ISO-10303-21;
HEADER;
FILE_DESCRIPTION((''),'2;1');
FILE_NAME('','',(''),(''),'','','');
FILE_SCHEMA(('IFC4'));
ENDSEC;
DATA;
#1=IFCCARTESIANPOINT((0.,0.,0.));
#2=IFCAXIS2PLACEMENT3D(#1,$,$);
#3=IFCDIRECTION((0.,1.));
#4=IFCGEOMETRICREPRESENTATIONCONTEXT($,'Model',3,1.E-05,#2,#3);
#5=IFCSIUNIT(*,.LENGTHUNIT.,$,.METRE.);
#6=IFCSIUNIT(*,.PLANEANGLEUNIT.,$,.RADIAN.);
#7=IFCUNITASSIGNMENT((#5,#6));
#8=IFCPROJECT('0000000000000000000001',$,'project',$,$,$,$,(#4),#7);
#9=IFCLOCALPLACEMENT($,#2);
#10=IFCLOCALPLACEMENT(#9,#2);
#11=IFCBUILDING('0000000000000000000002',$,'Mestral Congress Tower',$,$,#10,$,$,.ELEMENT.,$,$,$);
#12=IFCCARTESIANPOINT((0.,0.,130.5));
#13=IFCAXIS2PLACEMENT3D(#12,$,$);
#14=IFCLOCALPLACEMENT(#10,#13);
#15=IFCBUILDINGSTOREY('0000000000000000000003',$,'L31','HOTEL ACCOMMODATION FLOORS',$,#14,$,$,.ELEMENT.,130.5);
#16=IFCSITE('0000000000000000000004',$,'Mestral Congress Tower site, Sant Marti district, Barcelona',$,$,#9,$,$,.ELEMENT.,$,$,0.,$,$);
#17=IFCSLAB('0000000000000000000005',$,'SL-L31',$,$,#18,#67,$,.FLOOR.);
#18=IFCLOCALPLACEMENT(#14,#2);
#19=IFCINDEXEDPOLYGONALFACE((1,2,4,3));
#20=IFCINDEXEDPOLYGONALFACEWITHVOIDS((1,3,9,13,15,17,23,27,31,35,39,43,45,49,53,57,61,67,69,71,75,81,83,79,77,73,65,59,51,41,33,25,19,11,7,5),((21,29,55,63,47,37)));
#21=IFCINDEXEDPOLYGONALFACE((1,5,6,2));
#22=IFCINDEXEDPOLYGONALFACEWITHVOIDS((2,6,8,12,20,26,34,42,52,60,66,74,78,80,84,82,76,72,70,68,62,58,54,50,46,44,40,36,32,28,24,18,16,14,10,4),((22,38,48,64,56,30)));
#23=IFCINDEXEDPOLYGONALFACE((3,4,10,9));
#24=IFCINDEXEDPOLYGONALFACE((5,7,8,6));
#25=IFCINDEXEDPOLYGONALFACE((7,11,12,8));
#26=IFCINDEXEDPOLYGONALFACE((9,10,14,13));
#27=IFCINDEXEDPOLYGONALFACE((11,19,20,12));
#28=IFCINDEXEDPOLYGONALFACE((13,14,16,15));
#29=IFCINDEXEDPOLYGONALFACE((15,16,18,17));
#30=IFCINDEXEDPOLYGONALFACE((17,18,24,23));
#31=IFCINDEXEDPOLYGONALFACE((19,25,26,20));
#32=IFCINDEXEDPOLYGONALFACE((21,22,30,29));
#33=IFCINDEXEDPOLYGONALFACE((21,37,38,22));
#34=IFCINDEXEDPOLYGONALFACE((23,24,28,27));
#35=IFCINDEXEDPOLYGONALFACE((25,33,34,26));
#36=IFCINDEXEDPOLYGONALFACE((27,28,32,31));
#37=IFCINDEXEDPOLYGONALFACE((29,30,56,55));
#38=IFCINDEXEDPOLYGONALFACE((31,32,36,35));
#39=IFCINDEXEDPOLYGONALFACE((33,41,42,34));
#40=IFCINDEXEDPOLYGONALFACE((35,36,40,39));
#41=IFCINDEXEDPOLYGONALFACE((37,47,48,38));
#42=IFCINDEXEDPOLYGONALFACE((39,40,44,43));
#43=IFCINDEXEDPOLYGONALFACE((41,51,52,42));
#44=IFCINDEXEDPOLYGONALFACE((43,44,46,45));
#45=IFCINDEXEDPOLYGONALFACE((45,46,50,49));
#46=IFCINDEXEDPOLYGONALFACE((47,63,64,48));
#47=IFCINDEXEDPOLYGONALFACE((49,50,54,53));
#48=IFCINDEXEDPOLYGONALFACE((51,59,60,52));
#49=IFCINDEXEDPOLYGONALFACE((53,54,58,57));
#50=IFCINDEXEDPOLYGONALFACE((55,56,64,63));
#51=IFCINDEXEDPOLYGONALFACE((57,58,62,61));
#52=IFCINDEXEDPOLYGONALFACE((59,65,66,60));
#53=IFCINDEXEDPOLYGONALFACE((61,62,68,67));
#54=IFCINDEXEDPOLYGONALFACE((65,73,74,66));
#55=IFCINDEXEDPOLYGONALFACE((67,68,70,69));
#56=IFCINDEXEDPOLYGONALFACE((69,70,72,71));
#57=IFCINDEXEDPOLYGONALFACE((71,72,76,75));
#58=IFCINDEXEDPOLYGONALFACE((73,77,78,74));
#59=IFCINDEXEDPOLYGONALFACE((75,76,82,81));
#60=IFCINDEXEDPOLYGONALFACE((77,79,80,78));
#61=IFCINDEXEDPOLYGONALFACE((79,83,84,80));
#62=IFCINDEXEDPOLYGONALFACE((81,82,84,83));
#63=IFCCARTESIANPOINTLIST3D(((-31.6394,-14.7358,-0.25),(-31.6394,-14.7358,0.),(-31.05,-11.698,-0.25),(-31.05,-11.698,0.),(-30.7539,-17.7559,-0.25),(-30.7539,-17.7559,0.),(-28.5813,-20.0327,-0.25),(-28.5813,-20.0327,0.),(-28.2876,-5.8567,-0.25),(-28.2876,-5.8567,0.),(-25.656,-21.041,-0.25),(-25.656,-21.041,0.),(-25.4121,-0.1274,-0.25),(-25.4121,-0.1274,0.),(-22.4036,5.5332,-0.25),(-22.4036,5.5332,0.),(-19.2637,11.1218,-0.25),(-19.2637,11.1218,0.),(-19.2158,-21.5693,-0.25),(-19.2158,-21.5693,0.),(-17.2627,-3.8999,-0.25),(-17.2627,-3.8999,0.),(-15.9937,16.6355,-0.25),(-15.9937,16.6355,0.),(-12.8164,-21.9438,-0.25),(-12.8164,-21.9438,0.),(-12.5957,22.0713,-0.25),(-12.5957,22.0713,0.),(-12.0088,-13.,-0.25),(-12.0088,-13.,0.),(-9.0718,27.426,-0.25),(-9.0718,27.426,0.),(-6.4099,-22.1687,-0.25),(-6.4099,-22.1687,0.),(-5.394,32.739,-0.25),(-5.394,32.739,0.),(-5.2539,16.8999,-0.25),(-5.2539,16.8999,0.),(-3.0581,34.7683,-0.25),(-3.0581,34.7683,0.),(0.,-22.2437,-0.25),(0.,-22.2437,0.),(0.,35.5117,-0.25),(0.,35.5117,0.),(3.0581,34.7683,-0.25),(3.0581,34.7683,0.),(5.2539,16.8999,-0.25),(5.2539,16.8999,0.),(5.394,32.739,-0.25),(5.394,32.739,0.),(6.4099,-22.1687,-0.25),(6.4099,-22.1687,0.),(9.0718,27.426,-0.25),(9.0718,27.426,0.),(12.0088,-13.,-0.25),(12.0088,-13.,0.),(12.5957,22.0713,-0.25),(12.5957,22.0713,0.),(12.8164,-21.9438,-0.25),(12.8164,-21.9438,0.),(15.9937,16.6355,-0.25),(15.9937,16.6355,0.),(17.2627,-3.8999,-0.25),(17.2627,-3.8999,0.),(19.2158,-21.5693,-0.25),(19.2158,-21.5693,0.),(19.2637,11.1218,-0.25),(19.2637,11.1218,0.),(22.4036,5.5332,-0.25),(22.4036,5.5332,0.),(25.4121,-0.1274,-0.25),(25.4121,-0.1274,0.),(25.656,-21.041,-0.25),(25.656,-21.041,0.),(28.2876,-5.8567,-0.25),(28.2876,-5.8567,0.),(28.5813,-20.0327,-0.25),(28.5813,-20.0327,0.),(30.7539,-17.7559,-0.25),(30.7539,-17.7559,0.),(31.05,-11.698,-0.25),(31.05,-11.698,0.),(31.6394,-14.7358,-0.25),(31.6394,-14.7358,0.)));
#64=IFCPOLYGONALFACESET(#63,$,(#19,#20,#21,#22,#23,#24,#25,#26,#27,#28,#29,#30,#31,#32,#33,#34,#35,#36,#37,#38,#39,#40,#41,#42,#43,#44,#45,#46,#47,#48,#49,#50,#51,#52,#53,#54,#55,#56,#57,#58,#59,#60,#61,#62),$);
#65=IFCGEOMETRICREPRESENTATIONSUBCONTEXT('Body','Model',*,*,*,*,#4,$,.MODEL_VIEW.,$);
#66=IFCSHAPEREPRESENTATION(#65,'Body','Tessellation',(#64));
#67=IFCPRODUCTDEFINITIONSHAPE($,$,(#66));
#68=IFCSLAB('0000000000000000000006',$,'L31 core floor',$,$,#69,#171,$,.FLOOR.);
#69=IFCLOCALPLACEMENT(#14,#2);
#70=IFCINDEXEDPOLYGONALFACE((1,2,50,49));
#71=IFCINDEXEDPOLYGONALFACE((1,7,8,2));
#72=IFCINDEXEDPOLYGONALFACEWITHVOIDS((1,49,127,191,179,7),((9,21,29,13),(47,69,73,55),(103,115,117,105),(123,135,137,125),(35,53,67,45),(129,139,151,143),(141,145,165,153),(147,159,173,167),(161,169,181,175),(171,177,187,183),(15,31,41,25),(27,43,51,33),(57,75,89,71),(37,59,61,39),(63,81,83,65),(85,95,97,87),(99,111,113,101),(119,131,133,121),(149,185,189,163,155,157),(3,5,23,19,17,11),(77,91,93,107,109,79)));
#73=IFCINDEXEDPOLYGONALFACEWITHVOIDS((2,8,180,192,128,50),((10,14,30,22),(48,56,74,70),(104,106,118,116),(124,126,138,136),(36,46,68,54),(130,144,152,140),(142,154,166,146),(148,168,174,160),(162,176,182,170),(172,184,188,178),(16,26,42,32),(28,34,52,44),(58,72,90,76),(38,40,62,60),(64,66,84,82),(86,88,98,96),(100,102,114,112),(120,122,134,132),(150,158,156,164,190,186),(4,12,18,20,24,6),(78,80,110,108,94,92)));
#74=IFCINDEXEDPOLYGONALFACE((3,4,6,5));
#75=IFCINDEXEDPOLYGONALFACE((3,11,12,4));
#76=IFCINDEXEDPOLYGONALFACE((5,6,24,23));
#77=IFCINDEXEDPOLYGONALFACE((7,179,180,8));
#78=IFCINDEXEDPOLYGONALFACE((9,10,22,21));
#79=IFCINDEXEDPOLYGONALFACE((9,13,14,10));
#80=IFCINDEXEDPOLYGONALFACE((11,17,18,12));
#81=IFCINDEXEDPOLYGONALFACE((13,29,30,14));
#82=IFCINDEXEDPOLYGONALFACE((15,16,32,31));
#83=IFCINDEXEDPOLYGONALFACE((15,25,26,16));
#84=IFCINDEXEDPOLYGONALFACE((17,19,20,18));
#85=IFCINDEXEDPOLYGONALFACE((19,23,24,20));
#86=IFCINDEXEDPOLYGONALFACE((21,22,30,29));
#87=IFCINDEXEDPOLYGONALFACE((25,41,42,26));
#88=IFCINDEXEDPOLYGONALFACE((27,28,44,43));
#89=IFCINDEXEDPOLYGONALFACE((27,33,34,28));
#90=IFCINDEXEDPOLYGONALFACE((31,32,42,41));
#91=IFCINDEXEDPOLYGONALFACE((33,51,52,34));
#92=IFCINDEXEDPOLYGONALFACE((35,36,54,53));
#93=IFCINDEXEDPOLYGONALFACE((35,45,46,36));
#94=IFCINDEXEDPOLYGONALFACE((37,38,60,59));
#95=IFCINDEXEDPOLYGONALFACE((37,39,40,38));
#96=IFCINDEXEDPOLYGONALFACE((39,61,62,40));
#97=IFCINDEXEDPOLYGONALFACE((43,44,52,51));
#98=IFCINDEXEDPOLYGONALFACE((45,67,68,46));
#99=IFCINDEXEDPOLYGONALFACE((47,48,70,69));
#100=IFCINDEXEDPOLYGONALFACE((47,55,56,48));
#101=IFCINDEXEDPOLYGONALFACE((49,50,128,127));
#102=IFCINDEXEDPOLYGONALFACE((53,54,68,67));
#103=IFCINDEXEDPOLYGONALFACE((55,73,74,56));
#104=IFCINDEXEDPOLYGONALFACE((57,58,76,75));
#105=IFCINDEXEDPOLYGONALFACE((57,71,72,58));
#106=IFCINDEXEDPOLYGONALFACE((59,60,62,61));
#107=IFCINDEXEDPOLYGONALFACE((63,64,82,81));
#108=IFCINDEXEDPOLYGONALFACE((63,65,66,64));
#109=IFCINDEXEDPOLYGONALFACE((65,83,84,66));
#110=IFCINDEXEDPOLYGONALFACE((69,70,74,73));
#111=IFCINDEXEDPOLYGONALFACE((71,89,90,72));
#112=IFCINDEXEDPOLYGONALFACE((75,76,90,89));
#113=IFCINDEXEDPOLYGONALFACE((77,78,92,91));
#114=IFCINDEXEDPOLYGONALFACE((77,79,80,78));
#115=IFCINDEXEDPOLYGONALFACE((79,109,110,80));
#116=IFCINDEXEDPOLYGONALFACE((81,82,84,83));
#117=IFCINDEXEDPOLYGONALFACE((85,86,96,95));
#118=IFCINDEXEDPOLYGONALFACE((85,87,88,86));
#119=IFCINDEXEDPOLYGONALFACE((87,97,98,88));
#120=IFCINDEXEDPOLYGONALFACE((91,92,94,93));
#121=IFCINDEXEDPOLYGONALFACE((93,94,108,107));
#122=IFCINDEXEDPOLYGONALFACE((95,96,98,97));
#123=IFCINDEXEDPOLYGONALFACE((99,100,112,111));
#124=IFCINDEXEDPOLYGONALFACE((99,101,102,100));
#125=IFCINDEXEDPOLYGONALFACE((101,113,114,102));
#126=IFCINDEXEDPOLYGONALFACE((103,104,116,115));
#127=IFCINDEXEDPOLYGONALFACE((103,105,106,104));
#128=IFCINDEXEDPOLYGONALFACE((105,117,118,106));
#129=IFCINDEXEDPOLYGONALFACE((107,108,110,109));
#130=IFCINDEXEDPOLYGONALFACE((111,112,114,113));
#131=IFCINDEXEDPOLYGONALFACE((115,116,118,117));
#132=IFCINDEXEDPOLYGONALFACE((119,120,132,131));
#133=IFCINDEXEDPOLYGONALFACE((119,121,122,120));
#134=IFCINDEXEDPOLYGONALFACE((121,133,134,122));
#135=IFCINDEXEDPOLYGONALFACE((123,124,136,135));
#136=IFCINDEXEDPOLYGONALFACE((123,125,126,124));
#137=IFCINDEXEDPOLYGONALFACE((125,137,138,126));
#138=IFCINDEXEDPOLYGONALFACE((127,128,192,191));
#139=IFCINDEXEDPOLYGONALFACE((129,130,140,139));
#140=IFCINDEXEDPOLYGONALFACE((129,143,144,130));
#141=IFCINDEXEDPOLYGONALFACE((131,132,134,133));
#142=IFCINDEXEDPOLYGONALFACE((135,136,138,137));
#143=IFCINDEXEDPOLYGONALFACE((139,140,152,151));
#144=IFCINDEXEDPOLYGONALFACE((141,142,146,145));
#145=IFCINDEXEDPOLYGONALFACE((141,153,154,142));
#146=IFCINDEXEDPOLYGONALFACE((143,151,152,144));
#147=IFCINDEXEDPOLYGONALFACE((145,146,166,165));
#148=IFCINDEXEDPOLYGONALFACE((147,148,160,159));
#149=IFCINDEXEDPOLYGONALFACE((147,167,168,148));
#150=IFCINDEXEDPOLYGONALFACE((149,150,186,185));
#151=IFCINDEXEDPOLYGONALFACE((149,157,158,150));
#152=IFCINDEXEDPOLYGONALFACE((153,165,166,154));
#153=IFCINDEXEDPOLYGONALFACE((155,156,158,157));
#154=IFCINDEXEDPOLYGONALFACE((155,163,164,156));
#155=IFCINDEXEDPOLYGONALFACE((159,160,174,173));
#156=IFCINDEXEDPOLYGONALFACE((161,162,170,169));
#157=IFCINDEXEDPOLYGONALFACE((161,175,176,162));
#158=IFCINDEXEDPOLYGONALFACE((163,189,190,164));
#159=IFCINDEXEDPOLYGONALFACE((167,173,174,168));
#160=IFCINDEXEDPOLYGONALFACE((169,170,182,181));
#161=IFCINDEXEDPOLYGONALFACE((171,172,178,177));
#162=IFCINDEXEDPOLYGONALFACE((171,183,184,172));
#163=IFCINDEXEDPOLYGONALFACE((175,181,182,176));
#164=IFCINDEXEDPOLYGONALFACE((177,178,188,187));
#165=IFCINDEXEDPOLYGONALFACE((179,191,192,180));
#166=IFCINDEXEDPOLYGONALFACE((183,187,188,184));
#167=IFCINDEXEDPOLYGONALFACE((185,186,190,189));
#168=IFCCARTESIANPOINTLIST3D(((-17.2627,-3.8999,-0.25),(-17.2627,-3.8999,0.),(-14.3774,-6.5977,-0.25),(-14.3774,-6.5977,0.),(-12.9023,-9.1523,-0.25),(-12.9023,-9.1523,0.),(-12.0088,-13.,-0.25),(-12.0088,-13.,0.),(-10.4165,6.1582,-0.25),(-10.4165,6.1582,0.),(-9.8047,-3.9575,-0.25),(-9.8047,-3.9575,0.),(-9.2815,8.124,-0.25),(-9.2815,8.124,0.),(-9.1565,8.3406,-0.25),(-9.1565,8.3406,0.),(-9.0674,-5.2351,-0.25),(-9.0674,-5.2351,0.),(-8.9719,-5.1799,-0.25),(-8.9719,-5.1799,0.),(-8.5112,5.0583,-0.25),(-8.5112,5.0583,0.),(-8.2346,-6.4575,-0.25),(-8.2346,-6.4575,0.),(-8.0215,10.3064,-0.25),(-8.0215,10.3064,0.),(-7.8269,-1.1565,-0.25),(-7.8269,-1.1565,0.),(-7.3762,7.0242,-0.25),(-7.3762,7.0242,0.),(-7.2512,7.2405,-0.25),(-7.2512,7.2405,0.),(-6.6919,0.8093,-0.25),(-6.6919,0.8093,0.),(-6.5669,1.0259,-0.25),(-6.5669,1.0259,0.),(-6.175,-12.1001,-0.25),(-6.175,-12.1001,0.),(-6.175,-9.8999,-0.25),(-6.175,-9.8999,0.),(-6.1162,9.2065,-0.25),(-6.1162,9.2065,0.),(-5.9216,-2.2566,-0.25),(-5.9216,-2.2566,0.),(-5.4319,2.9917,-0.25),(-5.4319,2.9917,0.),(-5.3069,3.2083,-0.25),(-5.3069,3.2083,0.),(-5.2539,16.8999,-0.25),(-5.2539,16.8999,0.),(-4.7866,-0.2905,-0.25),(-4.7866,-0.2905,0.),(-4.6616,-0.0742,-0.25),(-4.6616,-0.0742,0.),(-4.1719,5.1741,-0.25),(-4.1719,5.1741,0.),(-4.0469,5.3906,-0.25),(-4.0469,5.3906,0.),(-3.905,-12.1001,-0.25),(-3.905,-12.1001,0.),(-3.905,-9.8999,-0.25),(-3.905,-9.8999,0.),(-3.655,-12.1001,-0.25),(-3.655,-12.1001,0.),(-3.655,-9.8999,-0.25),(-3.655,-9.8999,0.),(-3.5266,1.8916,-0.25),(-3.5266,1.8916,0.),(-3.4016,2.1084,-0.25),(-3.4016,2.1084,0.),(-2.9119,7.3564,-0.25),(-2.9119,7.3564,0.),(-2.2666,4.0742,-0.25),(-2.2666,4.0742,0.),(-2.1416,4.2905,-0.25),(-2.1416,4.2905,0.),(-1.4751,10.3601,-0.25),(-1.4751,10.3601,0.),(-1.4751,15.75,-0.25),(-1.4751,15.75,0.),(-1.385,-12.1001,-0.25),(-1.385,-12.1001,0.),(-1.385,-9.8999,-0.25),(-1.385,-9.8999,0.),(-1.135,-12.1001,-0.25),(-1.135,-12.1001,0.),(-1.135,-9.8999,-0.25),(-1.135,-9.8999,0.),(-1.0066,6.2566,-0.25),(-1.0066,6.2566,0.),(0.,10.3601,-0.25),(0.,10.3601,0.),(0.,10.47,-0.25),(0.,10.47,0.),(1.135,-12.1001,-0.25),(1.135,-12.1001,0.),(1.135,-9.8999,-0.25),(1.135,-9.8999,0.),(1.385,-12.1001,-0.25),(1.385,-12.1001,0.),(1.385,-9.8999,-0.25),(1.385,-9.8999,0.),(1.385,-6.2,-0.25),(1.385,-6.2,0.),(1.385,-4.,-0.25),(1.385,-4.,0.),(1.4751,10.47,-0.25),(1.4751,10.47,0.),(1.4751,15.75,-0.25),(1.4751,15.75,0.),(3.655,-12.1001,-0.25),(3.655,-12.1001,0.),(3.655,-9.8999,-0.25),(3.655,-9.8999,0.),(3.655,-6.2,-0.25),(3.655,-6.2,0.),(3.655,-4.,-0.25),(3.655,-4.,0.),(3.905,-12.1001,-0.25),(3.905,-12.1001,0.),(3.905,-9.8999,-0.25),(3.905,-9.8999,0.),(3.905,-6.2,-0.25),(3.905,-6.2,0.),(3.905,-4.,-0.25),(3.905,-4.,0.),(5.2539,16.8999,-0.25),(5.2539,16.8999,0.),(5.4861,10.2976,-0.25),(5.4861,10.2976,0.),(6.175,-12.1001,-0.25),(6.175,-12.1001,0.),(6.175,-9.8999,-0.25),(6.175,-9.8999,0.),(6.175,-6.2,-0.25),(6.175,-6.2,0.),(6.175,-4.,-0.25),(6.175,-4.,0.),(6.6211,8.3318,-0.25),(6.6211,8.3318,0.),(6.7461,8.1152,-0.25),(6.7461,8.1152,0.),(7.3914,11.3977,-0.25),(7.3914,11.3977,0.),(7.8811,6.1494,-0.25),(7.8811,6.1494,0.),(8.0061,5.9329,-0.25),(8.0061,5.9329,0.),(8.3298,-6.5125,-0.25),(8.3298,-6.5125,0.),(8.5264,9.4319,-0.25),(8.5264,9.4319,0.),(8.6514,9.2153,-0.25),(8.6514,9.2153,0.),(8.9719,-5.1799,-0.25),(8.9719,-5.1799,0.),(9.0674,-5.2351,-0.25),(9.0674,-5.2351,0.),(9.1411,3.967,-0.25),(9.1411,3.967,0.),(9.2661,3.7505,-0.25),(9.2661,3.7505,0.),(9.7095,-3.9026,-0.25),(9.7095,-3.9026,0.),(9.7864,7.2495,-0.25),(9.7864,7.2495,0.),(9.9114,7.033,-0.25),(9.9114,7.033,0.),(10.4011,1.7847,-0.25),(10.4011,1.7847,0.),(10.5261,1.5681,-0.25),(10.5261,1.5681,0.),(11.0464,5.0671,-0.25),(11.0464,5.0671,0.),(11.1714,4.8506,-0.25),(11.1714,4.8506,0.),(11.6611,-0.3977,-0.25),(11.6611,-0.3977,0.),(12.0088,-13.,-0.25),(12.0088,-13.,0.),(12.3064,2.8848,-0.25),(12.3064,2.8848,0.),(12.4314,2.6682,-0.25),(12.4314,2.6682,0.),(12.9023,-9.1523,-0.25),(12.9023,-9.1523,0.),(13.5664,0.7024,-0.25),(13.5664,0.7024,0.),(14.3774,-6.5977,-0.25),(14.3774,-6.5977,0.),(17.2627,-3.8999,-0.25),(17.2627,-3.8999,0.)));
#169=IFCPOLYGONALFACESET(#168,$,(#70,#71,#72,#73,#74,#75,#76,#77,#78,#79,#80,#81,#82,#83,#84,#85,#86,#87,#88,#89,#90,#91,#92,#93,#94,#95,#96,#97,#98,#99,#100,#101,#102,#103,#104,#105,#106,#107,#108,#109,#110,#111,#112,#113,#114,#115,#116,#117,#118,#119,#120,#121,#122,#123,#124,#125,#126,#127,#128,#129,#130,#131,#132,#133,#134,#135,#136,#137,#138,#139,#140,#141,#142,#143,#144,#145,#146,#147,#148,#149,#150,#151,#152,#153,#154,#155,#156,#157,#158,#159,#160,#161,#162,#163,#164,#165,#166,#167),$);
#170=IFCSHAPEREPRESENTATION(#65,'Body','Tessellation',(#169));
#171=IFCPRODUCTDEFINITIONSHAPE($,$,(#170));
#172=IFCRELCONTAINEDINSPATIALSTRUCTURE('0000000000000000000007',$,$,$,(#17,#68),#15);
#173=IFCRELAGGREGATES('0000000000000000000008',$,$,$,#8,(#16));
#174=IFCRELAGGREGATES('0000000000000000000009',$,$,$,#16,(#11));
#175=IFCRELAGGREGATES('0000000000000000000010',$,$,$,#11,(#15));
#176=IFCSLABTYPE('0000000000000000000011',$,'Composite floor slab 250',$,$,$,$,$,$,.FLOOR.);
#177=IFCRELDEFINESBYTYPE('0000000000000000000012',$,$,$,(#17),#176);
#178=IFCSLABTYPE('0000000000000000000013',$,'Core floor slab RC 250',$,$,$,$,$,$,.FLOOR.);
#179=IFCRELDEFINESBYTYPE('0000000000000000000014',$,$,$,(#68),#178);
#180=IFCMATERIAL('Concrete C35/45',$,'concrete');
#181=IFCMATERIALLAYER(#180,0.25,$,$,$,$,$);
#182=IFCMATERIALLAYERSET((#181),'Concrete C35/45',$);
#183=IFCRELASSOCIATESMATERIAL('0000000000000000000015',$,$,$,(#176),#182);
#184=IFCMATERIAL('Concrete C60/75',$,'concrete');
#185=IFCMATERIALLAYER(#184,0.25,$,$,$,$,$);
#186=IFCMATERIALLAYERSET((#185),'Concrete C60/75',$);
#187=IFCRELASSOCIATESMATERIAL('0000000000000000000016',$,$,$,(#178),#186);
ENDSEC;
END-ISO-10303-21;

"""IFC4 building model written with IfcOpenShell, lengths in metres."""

from ifc_helpers import new_model, si_unit, direction, frame, origin, place, context, subcontext, project, spatial, polyline, outline, extrude, material, layer, layer_set, type_object, element, save


model = new_model("IFC4")

# Units and contexts
model_context = context("Model", 3, precision=1e-05, world=origin(), true_north=direction((0.0, 1.0)))
body_context = subcontext(model_context, "Body", "Model", "MODEL_VIEW")
ifc_project = project(units=[si_unit("LENGTHUNIT", "METRE"), si_unit("PLANEANGLEUNIT", "RADIAN")], contexts=[model_context])

# Site, building, storey
site_placement = place(None, origin())
site = spatial("IfcSite", under=ifc_project, at=site_placement, Name="Mestral Congress Tower site, Sant Marti district, Barcelona", CompositionType="ELEMENT", RefElevation=0.0)
building_placement = place(site_placement, origin())
building = spatial("IfcBuilding", under=site, at=building_placement, Name="Mestral Congress Tower", CompositionType="ELEMENT")
storey_placement = place(building_placement, frame((0.0, 0.0, 130.5)))
storey = spatial("IfcBuildingStorey", under=building, at=storey_placement, Name="L31", Description="HOTEL ACCOMMODATION FLOORS", CompositionType="ELEMENT", Elevation=130.5)

# Slabs
ifc_material_1 = material(Name="Concrete C35/45", Category="concrete")
ifc_layer_1 = layer(ifc_material_1, 0.25)
ifc_layer_set_1 = layer_set([ifc_layer_1], Name="Concrete C35/45")
slab_type_1 = type_object("IfcSlabType", Name="Composite floor slab 250", PredefinedType="FLOOR", material=ifc_layer_set_1)
placement_1 = place(storey_placement, frame((0.0, 0.0, -0.25)))
element("IfcSlab", 1, at=placement_1, inside=storey, type_object=slab_type_1, Name="SL-L31", PredefinedType="FLOOR", context=body_context, shape_type="SweptSolid", body=[
    extrude(outline(polyline([(-25.656, -21.041), (-28.5813, -20.0327), (-30.7539, -17.7559), (-31.6394, -14.7358), (-31.05, -11.698), (-28.2876, -5.8567), (-25.4121, -0.1274), (-22.4036, 5.5332), (-19.2637, 11.1218), (-15.9937, 16.6355), (-12.5957, 22.0713), (-9.0718, 27.426), (-5.394, 32.739), (-3.0581, 34.7683), (0.0, 35.5117), (3.0581, 34.7683), (5.394, 32.739), (9.0718, 27.426), (12.5957, 22.0713), (15.9937, 16.6355), (19.2637, 11.1218), (22.4036, 5.5332), (25.4121, -0.1274), (28.2876, -5.8567), (31.05, -11.698), (31.6394, -14.7358), (30.7539, -17.7559), (28.5813, -20.0327), (25.656, -21.041), (19.2158, -21.5693), (12.8164, -21.9438), (6.4099, -22.1687), (0.0, -22.2437), (-6.4099, -22.1687), (-12.8164, -21.9438), (-19.2158, -21.5693), (-25.656, -21.041)]), holes=[polyline([(-5.2539, 16.8999), (-17.2627, -3.8999), (-12.0088, -13.0), (12.0088, -13.0), (17.2627, -3.8999), (5.2539, 16.8999), (-5.2539, 16.8999)])]), origin(), (0.0, 0.0, 1.0), 0.25),
])
ifc_material_2 = material(Name="Concrete C60/75", Category="concrete")
ifc_layer_2 = layer(ifc_material_2, 0.25)
ifc_layer_set_2 = layer_set([ifc_layer_2], Name="Concrete C60/75")
slab_type_2 = type_object("IfcSlabType", Name="Core floor slab RC 250", PredefinedType="FLOOR", material=ifc_layer_set_2)
element("IfcSlab", 2, at=placement_1, inside=storey, type_object=slab_type_2, Name="L31 core floor", PredefinedType="FLOOR", context=body_context, shape_type="SweptSolid", body=[
    extrude(outline(polyline([(12.0088, -13.0), (-12.0088, -13.0), (-17.2627, -3.8999), (-5.2539, 16.8999), (5.2539, 16.8999), (17.2627, -3.8999), (12.0088, -13.0)]), holes=[polyline([(-3.905, -9.8999), (-6.175, -9.8999), (-6.175, -12.1001), (-3.905, -12.1001), (-3.905, -9.8999)]), polyline([(-1.385, -9.8999), (-3.655, -9.8999), (-3.655, -12.1001), (-1.385, -12.1001), (-1.385, -9.8999)]), polyline([(1.135, -9.8999), (-1.135, -9.8999), (-1.135, -12.1001), (1.135, -12.1001), (1.135, -9.8999)]), polyline([(-9.0674, -5.2351), (-9.8047, -3.9575), (-14.3774, -6.5977), (-12.9023, -9.1523), (-8.2346, -6.4575), (-8.9719, -5.1799), (-9.0674, -5.2351)]), polyline([(-7.8269, -1.1565), (-5.9216, -2.2566), (-4.7866, -0.2905), (-6.6919, 0.8093), (-7.8269, -1.1565)]), polyline([(-4.6616, -0.0742), (-3.5266, 1.8916), (-5.4319, 2.9917), (-6.5669, 1.0259), (-4.6616, -0.0742)]), polyline([(-3.4016, 2.1084), (-2.2666, 4.0742), (-4.1719, 5.1741), (-5.3069, 3.2083), (-3.4016, 2.1084)]), polyline([(-2.1416, 4.2905), (-1.0066, 6.2566), (-2.9119, 7.3564), (-4.0469, 5.3906), (-2.1416, 4.2905)]), polyline([(-10.4165, 6.1582), (-8.5112, 5.0583), (-7.3762, 7.0242), (-9.2815, 8.124), (-10.4165, 6.1582)]), polyline([(-9.1565, 8.3406), (-7.2512, 7.2405), (-6.1162, 9.2065), (-8.0215, 10.3064), (-9.1565, 8.3406)]), polyline([(1.4751, 10.47), (1.4751, 15.75), (-1.4751, 15.75), (-1.4751, 10.3601), (0.0, 10.3601), (0.0, 10.47), (1.4751, 10.47)]), polyline([(3.655, -9.8999), (1.385, -9.8999), (1.385, -12.1001), (3.655, -12.1001), (3.655, -9.8999)]), polyline([(6.175, -9.8999), (3.905, -9.8999), (3.905, -12.1001), (6.175, -12.1001), (6.175, -9.8999)]), polyline([(9.0674, -5.2351), (8.3298, -6.5125), (12.9023, -9.1523), (14.3774, -6.5977), (9.7095, -3.9026), (8.9719, -5.1799), (9.0674, -5.2351)]), polyline([(3.655, -6.2), (3.655, -4.0), (1.385, -4.0), (1.385, -6.2), (3.655, -6.2)]), polyline([(6.175, -4.0), (3.905, -4.0), (3.905, -6.2), (6.175, -6.2), (6.175, -4.0)]), polyline([(12.4314, 2.6682), (10.5261, 1.5681), (11.6611, -0.3977), (13.5664, 0.7024), (12.4314, 2.6682)]), polyline([(11.1714, 4.8506), (9.2661, 3.7505), (10.4011, 1.7847), (12.3064, 2.8848), (11.1714, 4.8506)]), polyline([(8.0061, 5.9329), (9.1411, 3.967), (11.0464, 5.0671), (9.9114, 7.033), (8.0061, 5.9329)]), polyline([(8.6514, 9.2153), (6.7461, 8.1152), (7.8811, 6.1494), (9.7864, 7.2495), (8.6514, 9.2153)]), polyline([(7.3914, 11.3977), (5.4861, 10.2976), (6.6211, 8.3318), (8.5264, 9.4319), (7.3914, 11.3977)])]), origin(), (0.0, 0.0, 1.0), 0.25),
])

save(model, "model.ifc")
